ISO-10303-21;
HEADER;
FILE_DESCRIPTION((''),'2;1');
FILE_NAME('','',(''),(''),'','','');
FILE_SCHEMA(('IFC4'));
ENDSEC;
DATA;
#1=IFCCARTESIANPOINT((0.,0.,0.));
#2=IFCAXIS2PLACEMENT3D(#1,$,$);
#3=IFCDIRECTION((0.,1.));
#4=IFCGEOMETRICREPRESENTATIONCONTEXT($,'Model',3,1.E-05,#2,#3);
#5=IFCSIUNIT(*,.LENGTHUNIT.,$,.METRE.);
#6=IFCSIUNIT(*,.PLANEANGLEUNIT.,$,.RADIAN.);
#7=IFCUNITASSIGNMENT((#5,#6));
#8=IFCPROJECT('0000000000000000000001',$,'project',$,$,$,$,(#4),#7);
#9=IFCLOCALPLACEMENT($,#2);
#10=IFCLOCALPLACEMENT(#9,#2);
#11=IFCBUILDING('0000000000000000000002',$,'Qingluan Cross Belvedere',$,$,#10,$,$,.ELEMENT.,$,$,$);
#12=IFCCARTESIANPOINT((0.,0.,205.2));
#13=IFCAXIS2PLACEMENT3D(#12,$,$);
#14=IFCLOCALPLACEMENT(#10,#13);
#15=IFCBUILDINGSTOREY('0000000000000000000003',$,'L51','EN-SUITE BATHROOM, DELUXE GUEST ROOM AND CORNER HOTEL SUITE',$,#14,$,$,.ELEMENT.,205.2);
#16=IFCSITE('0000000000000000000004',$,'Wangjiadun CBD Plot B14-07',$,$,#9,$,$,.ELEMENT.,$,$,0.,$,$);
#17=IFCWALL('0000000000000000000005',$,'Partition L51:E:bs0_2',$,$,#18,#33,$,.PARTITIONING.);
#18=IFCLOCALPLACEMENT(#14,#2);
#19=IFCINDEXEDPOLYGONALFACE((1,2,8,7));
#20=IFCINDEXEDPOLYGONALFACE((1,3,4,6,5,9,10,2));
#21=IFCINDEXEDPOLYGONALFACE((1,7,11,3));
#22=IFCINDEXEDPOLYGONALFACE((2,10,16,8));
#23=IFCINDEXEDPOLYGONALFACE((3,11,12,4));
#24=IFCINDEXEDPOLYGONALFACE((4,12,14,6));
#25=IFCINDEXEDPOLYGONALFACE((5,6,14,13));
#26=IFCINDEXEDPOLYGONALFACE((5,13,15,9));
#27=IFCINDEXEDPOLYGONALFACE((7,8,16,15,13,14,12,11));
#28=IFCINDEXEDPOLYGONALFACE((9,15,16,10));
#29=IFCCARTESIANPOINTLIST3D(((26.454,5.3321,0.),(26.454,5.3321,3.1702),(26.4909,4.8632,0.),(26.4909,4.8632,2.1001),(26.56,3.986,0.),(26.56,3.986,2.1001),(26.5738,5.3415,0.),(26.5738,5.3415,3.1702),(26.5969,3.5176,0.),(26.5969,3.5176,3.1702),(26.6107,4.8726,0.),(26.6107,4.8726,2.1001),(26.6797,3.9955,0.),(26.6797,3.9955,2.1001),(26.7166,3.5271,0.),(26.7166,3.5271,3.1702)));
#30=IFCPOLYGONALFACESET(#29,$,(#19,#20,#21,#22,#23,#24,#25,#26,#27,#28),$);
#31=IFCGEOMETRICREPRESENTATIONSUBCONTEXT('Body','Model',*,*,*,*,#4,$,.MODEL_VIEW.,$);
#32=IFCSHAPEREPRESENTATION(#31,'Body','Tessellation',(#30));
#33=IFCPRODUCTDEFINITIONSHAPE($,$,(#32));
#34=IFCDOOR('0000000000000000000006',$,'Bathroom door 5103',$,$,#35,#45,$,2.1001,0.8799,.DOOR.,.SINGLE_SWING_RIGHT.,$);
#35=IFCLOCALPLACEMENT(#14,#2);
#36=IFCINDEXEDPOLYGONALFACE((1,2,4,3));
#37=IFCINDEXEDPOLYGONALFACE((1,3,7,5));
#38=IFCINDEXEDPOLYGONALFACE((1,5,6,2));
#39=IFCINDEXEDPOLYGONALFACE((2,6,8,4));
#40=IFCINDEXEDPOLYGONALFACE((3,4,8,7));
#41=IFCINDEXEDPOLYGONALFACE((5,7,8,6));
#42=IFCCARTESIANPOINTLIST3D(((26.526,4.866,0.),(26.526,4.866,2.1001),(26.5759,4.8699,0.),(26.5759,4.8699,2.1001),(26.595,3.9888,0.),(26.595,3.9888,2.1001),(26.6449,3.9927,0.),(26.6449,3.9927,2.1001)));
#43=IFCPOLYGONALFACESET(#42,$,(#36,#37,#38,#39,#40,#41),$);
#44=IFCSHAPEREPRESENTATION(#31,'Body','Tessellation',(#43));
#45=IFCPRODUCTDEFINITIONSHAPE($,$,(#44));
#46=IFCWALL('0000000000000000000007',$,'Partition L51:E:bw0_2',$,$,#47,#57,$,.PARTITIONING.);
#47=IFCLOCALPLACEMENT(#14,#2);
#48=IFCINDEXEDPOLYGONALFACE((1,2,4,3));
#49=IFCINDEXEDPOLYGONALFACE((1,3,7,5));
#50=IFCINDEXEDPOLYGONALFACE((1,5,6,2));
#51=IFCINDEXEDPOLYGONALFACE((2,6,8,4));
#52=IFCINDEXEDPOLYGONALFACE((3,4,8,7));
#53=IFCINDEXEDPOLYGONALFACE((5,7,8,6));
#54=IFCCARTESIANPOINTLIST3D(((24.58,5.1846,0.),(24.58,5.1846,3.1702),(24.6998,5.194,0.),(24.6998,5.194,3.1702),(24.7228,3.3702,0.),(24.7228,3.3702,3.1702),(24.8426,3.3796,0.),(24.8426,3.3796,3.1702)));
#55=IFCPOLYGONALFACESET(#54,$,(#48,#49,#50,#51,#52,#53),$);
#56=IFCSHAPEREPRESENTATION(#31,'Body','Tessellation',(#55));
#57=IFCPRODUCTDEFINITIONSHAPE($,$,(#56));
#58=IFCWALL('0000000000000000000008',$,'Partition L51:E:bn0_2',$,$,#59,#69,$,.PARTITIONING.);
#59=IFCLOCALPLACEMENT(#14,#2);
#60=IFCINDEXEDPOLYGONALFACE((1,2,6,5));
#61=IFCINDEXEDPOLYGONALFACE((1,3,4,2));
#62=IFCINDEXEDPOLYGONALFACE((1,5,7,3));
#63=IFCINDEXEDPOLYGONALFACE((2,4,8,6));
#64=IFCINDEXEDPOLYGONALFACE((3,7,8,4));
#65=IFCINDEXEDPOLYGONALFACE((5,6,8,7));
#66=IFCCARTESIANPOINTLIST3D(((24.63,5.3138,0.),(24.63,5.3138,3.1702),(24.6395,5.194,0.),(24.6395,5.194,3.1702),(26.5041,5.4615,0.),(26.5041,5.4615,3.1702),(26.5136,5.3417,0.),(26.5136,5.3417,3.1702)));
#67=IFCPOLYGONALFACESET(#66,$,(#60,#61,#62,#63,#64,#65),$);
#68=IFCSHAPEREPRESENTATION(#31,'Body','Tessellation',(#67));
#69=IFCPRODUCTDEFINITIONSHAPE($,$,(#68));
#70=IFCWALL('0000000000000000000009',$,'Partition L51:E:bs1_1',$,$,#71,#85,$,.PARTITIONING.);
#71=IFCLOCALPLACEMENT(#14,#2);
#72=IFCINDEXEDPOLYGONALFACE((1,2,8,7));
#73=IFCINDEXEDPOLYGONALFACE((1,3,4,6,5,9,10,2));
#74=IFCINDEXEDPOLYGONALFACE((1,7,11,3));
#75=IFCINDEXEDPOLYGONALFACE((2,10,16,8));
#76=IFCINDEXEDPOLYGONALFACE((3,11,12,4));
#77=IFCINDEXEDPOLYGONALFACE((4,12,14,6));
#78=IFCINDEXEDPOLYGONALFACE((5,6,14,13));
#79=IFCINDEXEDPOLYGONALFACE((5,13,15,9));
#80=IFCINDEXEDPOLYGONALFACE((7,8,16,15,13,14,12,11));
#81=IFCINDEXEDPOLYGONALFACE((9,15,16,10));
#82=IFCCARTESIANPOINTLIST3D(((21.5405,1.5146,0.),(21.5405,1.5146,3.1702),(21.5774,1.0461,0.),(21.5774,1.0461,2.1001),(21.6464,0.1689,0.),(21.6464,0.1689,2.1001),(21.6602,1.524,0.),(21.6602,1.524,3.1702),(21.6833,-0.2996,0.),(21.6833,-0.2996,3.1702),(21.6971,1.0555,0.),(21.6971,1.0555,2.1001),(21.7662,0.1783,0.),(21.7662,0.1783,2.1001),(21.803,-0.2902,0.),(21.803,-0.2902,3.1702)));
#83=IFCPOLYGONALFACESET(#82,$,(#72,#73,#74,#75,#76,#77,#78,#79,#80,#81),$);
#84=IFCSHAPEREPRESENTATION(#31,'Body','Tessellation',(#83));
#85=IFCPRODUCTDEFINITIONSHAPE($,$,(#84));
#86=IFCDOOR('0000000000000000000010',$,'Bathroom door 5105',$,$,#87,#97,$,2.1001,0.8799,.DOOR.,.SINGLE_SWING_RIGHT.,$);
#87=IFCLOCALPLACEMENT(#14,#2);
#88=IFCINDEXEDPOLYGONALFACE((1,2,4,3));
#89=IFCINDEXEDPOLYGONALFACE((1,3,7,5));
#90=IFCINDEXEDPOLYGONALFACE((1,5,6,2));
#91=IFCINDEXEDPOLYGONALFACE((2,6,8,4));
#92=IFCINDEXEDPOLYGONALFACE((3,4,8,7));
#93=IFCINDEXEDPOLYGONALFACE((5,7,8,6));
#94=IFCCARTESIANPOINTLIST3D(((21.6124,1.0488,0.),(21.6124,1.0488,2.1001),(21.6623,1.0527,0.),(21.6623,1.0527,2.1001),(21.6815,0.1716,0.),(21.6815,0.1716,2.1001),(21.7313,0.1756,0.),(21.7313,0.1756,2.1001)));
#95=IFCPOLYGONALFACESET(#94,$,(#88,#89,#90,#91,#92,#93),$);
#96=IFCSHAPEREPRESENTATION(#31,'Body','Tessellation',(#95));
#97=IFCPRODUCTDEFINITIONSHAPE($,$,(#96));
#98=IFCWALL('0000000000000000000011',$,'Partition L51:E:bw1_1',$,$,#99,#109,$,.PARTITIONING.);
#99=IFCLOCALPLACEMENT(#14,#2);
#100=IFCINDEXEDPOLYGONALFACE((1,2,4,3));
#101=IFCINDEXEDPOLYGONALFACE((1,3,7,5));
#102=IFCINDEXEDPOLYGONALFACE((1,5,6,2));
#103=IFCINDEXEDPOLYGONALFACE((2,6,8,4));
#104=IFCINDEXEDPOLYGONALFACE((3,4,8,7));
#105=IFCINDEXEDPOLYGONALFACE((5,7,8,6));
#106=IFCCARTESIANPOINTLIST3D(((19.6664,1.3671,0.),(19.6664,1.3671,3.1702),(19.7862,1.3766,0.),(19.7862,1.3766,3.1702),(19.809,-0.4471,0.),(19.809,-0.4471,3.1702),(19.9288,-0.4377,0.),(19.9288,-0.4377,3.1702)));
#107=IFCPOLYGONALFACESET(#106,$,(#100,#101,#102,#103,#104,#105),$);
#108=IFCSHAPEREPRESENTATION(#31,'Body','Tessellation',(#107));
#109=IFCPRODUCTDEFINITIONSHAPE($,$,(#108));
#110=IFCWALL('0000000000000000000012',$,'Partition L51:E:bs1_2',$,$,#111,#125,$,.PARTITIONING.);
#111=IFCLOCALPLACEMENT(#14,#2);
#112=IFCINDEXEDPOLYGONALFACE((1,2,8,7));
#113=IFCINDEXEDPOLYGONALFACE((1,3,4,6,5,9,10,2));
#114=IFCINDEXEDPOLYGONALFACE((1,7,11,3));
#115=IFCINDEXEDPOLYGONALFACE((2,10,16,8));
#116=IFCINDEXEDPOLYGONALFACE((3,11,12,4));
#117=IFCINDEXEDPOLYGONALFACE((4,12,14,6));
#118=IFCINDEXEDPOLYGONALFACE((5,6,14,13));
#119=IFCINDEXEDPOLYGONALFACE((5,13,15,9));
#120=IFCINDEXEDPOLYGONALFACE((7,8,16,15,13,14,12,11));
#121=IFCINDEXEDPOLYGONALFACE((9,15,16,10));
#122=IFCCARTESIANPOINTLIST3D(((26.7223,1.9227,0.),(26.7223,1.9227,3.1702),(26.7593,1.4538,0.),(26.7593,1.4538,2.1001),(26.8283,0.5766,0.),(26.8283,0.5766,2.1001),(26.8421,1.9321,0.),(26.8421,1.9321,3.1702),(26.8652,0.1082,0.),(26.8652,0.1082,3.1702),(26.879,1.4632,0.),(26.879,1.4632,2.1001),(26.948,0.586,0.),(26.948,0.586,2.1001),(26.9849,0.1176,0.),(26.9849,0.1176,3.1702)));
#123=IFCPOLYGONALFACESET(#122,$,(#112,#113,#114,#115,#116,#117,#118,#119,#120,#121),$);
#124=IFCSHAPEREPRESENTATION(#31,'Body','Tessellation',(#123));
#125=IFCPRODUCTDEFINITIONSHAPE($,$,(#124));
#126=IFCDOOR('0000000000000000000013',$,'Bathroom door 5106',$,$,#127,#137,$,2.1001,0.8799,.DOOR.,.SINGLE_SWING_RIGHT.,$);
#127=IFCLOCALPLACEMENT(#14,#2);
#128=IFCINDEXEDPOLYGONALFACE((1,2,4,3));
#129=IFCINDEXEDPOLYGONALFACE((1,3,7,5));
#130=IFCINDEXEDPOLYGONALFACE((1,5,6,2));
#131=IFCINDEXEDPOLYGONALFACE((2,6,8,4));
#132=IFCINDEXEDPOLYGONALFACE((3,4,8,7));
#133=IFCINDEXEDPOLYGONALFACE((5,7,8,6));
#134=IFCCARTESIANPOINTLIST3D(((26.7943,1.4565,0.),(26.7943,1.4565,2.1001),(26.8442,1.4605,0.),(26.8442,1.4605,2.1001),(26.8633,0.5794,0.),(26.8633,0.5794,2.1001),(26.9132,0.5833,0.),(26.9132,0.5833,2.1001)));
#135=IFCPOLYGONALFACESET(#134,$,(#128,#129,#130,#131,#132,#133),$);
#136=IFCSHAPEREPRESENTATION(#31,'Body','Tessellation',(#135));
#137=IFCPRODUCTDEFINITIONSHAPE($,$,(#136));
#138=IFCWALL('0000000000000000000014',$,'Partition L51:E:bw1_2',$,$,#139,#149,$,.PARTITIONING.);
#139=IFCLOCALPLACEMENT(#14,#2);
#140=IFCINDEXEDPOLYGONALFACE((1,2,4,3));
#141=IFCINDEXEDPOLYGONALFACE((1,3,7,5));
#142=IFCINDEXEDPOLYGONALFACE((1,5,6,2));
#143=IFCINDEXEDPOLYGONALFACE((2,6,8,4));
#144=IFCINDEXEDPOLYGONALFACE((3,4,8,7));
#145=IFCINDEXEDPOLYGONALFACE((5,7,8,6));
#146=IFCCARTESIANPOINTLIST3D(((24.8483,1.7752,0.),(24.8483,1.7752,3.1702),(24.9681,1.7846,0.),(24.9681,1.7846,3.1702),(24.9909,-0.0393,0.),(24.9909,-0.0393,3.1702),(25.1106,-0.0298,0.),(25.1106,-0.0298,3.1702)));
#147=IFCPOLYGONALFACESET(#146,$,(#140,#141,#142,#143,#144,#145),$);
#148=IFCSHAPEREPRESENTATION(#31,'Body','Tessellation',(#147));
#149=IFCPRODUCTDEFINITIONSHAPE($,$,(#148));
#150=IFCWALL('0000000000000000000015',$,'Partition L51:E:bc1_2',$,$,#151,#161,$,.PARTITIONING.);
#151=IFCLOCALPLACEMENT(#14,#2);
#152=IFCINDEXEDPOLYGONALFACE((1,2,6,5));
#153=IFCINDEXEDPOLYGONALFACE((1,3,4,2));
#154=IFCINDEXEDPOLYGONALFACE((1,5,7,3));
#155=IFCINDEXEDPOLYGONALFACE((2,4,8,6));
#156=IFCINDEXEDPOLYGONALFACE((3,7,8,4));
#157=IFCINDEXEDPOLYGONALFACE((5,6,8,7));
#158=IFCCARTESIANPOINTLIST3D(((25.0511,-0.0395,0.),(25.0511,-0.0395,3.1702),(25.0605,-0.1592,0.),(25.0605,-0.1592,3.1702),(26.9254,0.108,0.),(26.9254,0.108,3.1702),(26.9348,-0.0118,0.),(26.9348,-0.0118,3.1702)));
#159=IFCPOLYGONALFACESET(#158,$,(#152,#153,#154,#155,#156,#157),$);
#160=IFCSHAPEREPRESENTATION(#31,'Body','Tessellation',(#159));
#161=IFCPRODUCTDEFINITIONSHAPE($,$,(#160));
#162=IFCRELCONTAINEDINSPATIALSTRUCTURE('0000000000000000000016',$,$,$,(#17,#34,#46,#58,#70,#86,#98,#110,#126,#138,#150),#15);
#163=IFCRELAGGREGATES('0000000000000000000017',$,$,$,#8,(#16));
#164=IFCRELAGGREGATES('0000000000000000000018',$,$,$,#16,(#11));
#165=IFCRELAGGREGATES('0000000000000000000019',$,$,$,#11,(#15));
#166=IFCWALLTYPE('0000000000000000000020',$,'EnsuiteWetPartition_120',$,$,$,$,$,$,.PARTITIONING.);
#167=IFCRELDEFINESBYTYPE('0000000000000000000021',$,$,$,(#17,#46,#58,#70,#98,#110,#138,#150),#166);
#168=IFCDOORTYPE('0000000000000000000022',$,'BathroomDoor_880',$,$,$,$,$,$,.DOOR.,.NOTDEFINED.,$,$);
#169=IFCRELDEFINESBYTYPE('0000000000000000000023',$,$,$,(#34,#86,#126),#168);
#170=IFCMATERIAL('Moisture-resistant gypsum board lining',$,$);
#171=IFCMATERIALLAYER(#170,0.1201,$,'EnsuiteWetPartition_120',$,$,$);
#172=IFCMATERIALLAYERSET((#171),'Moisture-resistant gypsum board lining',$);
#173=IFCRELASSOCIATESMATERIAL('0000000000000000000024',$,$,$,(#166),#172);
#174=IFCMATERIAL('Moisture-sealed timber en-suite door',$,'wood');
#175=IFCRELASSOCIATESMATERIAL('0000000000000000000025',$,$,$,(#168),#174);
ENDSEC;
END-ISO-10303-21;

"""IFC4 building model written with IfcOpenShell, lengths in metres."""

from ifc_helpers import new_model, si_unit, direction, frame, frame_2d, origin, place, context, subcontext, project, spatial, rectangle, extrude, material, layer, layer_set, type_object, element, fill, save


model = new_model("IFC4")

# Units and contexts
model_context = context("Model", 3, precision=1e-05, world=origin(), true_north=direction((0.0, 1.0)))
body_context = subcontext(model_context, "Body", "Model", "MODEL_VIEW")
ifc_project = project(units=[si_unit("LENGTHUNIT", "METRE"), si_unit("PLANEANGLEUNIT", "RADIAN")], contexts=[model_context])

# Site, building, storey
site_placement = place(None, origin())
site = spatial("IfcSite", under=ifc_project, at=site_placement, Name="Wangjiadun CBD Plot B14-07", CompositionType="ELEMENT", RefElevation=0.0)
building_placement = place(site_placement, origin())
building = spatial("IfcBuilding", under=site, at=building_placement, Name="Qingluan Cross Belvedere", CompositionType="ELEMENT")
storey_placement = place(building_placement, frame((0.0, 0.0, 205.2)))
storey = spatial("IfcBuildingStorey", under=building, at=storey_placement, Name="L51", Description="EN-SUITE BATHROOM, DELUXE GUEST ROOM AND CORNER HOTEL SUITE", CompositionType="ELEMENT", Elevation=205.2)

# Shared definitions
ifc_material_1 = material(Name="Moisture-resistant gypsum board lining")
ifc_layer_1 = layer(ifc_material_1, 0.1201, Name="EnsuiteWetPartition_120")
ifc_layer_set_1 = layer_set([ifc_layer_1], Name="Moisture-resistant gypsum board lining")
wall_type_1 = type_object("IfcWallType", Name="EnsuiteWetPartition_120", PredefinedType="PARTITIONING", material=ifc_layer_set_1)
ifc_material_2 = material(Name="Moisture-sealed timber en-suite door", Category="wood")
door_type_1 = type_object("IfcDoorType", Name="BathroomDoor_880", OperationType="NOTDEFINED", PredefinedType="DOOR", material=ifc_material_2)

# Wall, opening, door
wall_1_placement = place(storey_placement, frame((26.6567, 3.5222, 0.0), z_axis=(0.0, 0.0, 1.0), x_axis=(-0.078471, 0.996916, 0.0)))
wall_1 = element("IfcWall", 1, at=wall_1_placement, inside=storey, type_object=wall_type_1, Name="Partition L51:E:bs0_2", PredefinedType="PARTITIONING", context=body_context, shape_type="SweptSolid", body=[
    extrude(rectangle(XDim=1.8201, YDim=0.1201, at=frame_2d((0.9102, 0.0))), origin(), (0.0, 0.0, 1.0), 3.1702),
])
opening_1_placement = place(wall_1_placement, frame((0.47, 0.0, 0.0)))
opening_1 = element("IfcOpeningElement", 2, at=opening_1_placement, cuts=wall_1, PredefinedType="OPENING", context=body_context, shape_type="SweptSolid", body=[
    extrude(rectangle(XDim=0.8799, YDim=2.1001, at=frame_2d((0.4399, 1.05))), frame((0.0, 0.0701, 0.0), z_axis=(0.0, -1.0, 0.0), x_axis=(1.0, 0.0, 0.0)), (0.0, 0.0, 1.0), 0.1401),
])
door_1_placement = place(opening_1_placement, origin())
door_1 = element("IfcDoor", 3, at=door_1_placement, inside=storey, type_object=door_type_1, Name="Bathroom door 5103", OperationType="SINGLE_SWING_RIGHT", OverallHeight=2.1001, OverallWidth=0.8799, PredefinedType="DOOR", context=body_context, shape_type="SweptSolid", body=[
    extrude(rectangle(XDim=0.8799, YDim=2.1001, at=frame_2d((0.4399, 1.05))), frame((0.0, 0.0249, 0.0), z_axis=(0.0, -1.0, 0.0), x_axis=(1.0, 0.0, 0.0)), (0.0, 0.0, 1.0), 0.05),
])
fill(opening_1, door_1)

# Walls
wall_2_placement = place(storey_placement, frame((24.7827, 3.3748, 0.0), z_axis=(0.0, 0.0, 1.0), x_axis=(-0.078471, 0.996916, 0.0)))
element("IfcWall", 4, at=wall_2_placement, inside=storey, type_object=wall_type_1, Name="Partition L51:E:bw0_2", PredefinedType="PARTITIONING", context=body_context, shape_type="SweptSolid", body=[
    extrude(rectangle(XDim=1.8201, YDim=0.1201, at=frame_2d((0.9102, 0.0))), origin(), (0.0, 0.0, 1.0), 3.1702),
])
wall_3_placement = place(storey_placement, frame((24.6348, 5.2539, 0.0), z_axis=(0.0, 0.0, 1.0), x_axis=(0.996908, 0.078573, 0.0)))
element("IfcWall", 5, at=wall_3_placement, inside=storey, type_object=wall_type_1, Name="Partition L51:E:bn0_2", PredefinedType="PARTITIONING", context=body_context, shape_type="SweptSolid", body=[
    extrude(rectangle(XDim=1.8799, YDim=0.1201, at=frame_2d((0.9399, 0.0))), origin(), (0.0, 0.0, 1.0), 3.1702),
])

# Wall, opening, door
wall_4_placement = place(storey_placement, frame((21.7432, -0.2949, 0.0), z_axis=(0.0, 0.0, 1.0), x_axis=(-0.078481, 0.996916, 0.0)))
wall_4 = element("IfcWall", 6, at=wall_4_placement, inside=storey, type_object=wall_type_1, Name="Partition L51:E:bs1_1", PredefinedType="PARTITIONING", context=body_context, shape_type="SweptSolid", body=[
    extrude(rectangle(XDim=1.8198, YDim=0.1201, at=frame_2d((0.9099, 0.0))), origin(), (0.0, 0.0, 1.0), 3.1702),
])
opening_2_placement = place(wall_4_placement, frame((0.47, 0.0, 0.0)))
opening_2 = element("IfcOpeningElement", 7, at=opening_2_placement, cuts=wall_4, PredefinedType="OPENING", context=body_context, shape_type="SweptSolid", body=[
    extrude(rectangle(XDim=0.8799, YDim=2.1001, at=frame_2d((0.4399, 1.05))), frame((0.0, 0.0701, 0.0), z_axis=(0.0, -1.0, 0.0), x_axis=(1.0, 0.0, 0.0)), (0.0, 0.0, 1.0), 0.1401),
])
door_2_placement = place(opening_2_placement, origin())
door_2 = element("IfcDoor", 8, at=door_2_placement, inside=storey, type_object=door_type_1, Name="Bathroom door 5105", OperationType="SINGLE_SWING_RIGHT", OverallHeight=2.1001, OverallWidth=0.8799, PredefinedType="DOOR", context=body_context, shape_type="SweptSolid", body=[
    extrude(rectangle(XDim=0.8799, YDim=2.1001, at=frame_2d((0.4399, 1.05))), frame((0.0, 0.0249, 0.0), z_axis=(0.0, -1.0, 0.0), x_axis=(1.0, 0.0, 0.0)), (0.0, 0.0, 1.0), 0.05),
])
fill(opening_2, door_2)

# Wall
wall_5_placement = place(storey_placement, frame((19.8689, -0.4424, 0.0), z_axis=(0.0, 0.0, 1.0), x_axis=(-0.078348, 0.996926, 0.0)))
element("IfcWall", 9, at=wall_5_placement, inside=storey, type_object=wall_type_1, Name="Partition L51:E:bw1_1", PredefinedType="PARTITIONING", context=body_context, shape_type="SweptSolid", body=[
    extrude(rectangle(XDim=1.8198, YDim=0.1201, at=frame_2d((0.9099, 0.0))), origin(), (0.0, 0.0, 1.0), 3.1702),
])

# Wall, opening, door
wall_6_placement = place(storey_placement, frame((26.925, 0.1128, 0.0), z_axis=(0.0, 0.0, 1.0), x_axis=(-0.078471, 0.996916, 0.0)))
wall_6 = element("IfcWall", 10, at=wall_6_placement, inside=storey, type_object=wall_type_1, Name="Partition L51:E:bs1_2", PredefinedType="PARTITIONING", context=body_context, shape_type="SweptSolid", body=[
    extrude(rectangle(XDim=1.8201, YDim=0.1201, at=frame_2d((0.9102, 0.0))), origin(), (0.0, 0.0, 1.0), 3.1702),
])
opening_3_placement = place(wall_6_placement, frame((0.47, 0.0, 0.0)))
opening_3 = element("IfcOpeningElement", 11, at=opening_3_placement, cuts=wall_6, PredefinedType="OPENING", context=body_context, shape_type="SweptSolid", body=[
    extrude(rectangle(XDim=0.8799, YDim=2.1001, at=frame_2d((0.4399, 1.05))), frame((0.0, 0.0701, 0.0), z_axis=(0.0, -1.0, 0.0), x_axis=(1.0, 0.0, 0.0)), (0.0, 0.0, 1.0), 0.1401),
])
door_3_placement = place(opening_3_placement, origin())
door_3 = element("IfcDoor", 12, at=door_3_placement, inside=storey, type_object=door_type_1, Name="Bathroom door 5106", OperationType="SINGLE_SWING_RIGHT", OverallHeight=2.1001, OverallWidth=0.8799, PredefinedType="DOOR", context=body_context, shape_type="SweptSolid", body=[
    extrude(rectangle(XDim=0.8799, YDim=2.1001, at=frame_2d((0.4399, 1.05))), frame((0.0, 0.0249, 0.0), z_axis=(0.0, -1.0, 0.0), x_axis=(1.0, 0.0, 0.0)), (0.0, 0.0, 1.0), 0.05),
])
fill(opening_3, door_3)

# Walls
wall_7_placement = place(storey_placement, frame((25.0508, -0.0347, 0.0), z_axis=(0.0, 0.0, 1.0), x_axis=(-0.078338, 0.996927, 0.0)))
element("IfcWall", 13, at=wall_7_placement, inside=storey, type_object=wall_type_1, Name="Partition L51:E:bw1_2", PredefinedType="PARTITIONING", context=body_context, shape_type="SweptSolid", body=[
    extrude(rectangle(XDim=1.8201, YDim=0.1201, at=frame_2d((0.9102, 0.0))), origin(), (0.0, 0.0, 1.0), 3.1702),
])
wall_8_placement = place(storey_placement, frame((25.0559, -0.0994, 0.0), z_axis=(0.0, 0.0, 1.0), x_axis=(0.996919, 0.078434, 0.0)))
element("IfcWall", 14, at=wall_8_placement, inside=storey, type_object=wall_type_1, Name="Partition L51:E:bc1_2", PredefinedType="PARTITIONING", context=body_context, shape_type="SweptSolid", body=[
    extrude(rectangle(XDim=1.8801, YDim=0.1201, at=frame_2d((0.9399, 0.0))), origin(), (0.0, 0.0, 1.0), 3.1702),
])

save(model, "model.ifc")
